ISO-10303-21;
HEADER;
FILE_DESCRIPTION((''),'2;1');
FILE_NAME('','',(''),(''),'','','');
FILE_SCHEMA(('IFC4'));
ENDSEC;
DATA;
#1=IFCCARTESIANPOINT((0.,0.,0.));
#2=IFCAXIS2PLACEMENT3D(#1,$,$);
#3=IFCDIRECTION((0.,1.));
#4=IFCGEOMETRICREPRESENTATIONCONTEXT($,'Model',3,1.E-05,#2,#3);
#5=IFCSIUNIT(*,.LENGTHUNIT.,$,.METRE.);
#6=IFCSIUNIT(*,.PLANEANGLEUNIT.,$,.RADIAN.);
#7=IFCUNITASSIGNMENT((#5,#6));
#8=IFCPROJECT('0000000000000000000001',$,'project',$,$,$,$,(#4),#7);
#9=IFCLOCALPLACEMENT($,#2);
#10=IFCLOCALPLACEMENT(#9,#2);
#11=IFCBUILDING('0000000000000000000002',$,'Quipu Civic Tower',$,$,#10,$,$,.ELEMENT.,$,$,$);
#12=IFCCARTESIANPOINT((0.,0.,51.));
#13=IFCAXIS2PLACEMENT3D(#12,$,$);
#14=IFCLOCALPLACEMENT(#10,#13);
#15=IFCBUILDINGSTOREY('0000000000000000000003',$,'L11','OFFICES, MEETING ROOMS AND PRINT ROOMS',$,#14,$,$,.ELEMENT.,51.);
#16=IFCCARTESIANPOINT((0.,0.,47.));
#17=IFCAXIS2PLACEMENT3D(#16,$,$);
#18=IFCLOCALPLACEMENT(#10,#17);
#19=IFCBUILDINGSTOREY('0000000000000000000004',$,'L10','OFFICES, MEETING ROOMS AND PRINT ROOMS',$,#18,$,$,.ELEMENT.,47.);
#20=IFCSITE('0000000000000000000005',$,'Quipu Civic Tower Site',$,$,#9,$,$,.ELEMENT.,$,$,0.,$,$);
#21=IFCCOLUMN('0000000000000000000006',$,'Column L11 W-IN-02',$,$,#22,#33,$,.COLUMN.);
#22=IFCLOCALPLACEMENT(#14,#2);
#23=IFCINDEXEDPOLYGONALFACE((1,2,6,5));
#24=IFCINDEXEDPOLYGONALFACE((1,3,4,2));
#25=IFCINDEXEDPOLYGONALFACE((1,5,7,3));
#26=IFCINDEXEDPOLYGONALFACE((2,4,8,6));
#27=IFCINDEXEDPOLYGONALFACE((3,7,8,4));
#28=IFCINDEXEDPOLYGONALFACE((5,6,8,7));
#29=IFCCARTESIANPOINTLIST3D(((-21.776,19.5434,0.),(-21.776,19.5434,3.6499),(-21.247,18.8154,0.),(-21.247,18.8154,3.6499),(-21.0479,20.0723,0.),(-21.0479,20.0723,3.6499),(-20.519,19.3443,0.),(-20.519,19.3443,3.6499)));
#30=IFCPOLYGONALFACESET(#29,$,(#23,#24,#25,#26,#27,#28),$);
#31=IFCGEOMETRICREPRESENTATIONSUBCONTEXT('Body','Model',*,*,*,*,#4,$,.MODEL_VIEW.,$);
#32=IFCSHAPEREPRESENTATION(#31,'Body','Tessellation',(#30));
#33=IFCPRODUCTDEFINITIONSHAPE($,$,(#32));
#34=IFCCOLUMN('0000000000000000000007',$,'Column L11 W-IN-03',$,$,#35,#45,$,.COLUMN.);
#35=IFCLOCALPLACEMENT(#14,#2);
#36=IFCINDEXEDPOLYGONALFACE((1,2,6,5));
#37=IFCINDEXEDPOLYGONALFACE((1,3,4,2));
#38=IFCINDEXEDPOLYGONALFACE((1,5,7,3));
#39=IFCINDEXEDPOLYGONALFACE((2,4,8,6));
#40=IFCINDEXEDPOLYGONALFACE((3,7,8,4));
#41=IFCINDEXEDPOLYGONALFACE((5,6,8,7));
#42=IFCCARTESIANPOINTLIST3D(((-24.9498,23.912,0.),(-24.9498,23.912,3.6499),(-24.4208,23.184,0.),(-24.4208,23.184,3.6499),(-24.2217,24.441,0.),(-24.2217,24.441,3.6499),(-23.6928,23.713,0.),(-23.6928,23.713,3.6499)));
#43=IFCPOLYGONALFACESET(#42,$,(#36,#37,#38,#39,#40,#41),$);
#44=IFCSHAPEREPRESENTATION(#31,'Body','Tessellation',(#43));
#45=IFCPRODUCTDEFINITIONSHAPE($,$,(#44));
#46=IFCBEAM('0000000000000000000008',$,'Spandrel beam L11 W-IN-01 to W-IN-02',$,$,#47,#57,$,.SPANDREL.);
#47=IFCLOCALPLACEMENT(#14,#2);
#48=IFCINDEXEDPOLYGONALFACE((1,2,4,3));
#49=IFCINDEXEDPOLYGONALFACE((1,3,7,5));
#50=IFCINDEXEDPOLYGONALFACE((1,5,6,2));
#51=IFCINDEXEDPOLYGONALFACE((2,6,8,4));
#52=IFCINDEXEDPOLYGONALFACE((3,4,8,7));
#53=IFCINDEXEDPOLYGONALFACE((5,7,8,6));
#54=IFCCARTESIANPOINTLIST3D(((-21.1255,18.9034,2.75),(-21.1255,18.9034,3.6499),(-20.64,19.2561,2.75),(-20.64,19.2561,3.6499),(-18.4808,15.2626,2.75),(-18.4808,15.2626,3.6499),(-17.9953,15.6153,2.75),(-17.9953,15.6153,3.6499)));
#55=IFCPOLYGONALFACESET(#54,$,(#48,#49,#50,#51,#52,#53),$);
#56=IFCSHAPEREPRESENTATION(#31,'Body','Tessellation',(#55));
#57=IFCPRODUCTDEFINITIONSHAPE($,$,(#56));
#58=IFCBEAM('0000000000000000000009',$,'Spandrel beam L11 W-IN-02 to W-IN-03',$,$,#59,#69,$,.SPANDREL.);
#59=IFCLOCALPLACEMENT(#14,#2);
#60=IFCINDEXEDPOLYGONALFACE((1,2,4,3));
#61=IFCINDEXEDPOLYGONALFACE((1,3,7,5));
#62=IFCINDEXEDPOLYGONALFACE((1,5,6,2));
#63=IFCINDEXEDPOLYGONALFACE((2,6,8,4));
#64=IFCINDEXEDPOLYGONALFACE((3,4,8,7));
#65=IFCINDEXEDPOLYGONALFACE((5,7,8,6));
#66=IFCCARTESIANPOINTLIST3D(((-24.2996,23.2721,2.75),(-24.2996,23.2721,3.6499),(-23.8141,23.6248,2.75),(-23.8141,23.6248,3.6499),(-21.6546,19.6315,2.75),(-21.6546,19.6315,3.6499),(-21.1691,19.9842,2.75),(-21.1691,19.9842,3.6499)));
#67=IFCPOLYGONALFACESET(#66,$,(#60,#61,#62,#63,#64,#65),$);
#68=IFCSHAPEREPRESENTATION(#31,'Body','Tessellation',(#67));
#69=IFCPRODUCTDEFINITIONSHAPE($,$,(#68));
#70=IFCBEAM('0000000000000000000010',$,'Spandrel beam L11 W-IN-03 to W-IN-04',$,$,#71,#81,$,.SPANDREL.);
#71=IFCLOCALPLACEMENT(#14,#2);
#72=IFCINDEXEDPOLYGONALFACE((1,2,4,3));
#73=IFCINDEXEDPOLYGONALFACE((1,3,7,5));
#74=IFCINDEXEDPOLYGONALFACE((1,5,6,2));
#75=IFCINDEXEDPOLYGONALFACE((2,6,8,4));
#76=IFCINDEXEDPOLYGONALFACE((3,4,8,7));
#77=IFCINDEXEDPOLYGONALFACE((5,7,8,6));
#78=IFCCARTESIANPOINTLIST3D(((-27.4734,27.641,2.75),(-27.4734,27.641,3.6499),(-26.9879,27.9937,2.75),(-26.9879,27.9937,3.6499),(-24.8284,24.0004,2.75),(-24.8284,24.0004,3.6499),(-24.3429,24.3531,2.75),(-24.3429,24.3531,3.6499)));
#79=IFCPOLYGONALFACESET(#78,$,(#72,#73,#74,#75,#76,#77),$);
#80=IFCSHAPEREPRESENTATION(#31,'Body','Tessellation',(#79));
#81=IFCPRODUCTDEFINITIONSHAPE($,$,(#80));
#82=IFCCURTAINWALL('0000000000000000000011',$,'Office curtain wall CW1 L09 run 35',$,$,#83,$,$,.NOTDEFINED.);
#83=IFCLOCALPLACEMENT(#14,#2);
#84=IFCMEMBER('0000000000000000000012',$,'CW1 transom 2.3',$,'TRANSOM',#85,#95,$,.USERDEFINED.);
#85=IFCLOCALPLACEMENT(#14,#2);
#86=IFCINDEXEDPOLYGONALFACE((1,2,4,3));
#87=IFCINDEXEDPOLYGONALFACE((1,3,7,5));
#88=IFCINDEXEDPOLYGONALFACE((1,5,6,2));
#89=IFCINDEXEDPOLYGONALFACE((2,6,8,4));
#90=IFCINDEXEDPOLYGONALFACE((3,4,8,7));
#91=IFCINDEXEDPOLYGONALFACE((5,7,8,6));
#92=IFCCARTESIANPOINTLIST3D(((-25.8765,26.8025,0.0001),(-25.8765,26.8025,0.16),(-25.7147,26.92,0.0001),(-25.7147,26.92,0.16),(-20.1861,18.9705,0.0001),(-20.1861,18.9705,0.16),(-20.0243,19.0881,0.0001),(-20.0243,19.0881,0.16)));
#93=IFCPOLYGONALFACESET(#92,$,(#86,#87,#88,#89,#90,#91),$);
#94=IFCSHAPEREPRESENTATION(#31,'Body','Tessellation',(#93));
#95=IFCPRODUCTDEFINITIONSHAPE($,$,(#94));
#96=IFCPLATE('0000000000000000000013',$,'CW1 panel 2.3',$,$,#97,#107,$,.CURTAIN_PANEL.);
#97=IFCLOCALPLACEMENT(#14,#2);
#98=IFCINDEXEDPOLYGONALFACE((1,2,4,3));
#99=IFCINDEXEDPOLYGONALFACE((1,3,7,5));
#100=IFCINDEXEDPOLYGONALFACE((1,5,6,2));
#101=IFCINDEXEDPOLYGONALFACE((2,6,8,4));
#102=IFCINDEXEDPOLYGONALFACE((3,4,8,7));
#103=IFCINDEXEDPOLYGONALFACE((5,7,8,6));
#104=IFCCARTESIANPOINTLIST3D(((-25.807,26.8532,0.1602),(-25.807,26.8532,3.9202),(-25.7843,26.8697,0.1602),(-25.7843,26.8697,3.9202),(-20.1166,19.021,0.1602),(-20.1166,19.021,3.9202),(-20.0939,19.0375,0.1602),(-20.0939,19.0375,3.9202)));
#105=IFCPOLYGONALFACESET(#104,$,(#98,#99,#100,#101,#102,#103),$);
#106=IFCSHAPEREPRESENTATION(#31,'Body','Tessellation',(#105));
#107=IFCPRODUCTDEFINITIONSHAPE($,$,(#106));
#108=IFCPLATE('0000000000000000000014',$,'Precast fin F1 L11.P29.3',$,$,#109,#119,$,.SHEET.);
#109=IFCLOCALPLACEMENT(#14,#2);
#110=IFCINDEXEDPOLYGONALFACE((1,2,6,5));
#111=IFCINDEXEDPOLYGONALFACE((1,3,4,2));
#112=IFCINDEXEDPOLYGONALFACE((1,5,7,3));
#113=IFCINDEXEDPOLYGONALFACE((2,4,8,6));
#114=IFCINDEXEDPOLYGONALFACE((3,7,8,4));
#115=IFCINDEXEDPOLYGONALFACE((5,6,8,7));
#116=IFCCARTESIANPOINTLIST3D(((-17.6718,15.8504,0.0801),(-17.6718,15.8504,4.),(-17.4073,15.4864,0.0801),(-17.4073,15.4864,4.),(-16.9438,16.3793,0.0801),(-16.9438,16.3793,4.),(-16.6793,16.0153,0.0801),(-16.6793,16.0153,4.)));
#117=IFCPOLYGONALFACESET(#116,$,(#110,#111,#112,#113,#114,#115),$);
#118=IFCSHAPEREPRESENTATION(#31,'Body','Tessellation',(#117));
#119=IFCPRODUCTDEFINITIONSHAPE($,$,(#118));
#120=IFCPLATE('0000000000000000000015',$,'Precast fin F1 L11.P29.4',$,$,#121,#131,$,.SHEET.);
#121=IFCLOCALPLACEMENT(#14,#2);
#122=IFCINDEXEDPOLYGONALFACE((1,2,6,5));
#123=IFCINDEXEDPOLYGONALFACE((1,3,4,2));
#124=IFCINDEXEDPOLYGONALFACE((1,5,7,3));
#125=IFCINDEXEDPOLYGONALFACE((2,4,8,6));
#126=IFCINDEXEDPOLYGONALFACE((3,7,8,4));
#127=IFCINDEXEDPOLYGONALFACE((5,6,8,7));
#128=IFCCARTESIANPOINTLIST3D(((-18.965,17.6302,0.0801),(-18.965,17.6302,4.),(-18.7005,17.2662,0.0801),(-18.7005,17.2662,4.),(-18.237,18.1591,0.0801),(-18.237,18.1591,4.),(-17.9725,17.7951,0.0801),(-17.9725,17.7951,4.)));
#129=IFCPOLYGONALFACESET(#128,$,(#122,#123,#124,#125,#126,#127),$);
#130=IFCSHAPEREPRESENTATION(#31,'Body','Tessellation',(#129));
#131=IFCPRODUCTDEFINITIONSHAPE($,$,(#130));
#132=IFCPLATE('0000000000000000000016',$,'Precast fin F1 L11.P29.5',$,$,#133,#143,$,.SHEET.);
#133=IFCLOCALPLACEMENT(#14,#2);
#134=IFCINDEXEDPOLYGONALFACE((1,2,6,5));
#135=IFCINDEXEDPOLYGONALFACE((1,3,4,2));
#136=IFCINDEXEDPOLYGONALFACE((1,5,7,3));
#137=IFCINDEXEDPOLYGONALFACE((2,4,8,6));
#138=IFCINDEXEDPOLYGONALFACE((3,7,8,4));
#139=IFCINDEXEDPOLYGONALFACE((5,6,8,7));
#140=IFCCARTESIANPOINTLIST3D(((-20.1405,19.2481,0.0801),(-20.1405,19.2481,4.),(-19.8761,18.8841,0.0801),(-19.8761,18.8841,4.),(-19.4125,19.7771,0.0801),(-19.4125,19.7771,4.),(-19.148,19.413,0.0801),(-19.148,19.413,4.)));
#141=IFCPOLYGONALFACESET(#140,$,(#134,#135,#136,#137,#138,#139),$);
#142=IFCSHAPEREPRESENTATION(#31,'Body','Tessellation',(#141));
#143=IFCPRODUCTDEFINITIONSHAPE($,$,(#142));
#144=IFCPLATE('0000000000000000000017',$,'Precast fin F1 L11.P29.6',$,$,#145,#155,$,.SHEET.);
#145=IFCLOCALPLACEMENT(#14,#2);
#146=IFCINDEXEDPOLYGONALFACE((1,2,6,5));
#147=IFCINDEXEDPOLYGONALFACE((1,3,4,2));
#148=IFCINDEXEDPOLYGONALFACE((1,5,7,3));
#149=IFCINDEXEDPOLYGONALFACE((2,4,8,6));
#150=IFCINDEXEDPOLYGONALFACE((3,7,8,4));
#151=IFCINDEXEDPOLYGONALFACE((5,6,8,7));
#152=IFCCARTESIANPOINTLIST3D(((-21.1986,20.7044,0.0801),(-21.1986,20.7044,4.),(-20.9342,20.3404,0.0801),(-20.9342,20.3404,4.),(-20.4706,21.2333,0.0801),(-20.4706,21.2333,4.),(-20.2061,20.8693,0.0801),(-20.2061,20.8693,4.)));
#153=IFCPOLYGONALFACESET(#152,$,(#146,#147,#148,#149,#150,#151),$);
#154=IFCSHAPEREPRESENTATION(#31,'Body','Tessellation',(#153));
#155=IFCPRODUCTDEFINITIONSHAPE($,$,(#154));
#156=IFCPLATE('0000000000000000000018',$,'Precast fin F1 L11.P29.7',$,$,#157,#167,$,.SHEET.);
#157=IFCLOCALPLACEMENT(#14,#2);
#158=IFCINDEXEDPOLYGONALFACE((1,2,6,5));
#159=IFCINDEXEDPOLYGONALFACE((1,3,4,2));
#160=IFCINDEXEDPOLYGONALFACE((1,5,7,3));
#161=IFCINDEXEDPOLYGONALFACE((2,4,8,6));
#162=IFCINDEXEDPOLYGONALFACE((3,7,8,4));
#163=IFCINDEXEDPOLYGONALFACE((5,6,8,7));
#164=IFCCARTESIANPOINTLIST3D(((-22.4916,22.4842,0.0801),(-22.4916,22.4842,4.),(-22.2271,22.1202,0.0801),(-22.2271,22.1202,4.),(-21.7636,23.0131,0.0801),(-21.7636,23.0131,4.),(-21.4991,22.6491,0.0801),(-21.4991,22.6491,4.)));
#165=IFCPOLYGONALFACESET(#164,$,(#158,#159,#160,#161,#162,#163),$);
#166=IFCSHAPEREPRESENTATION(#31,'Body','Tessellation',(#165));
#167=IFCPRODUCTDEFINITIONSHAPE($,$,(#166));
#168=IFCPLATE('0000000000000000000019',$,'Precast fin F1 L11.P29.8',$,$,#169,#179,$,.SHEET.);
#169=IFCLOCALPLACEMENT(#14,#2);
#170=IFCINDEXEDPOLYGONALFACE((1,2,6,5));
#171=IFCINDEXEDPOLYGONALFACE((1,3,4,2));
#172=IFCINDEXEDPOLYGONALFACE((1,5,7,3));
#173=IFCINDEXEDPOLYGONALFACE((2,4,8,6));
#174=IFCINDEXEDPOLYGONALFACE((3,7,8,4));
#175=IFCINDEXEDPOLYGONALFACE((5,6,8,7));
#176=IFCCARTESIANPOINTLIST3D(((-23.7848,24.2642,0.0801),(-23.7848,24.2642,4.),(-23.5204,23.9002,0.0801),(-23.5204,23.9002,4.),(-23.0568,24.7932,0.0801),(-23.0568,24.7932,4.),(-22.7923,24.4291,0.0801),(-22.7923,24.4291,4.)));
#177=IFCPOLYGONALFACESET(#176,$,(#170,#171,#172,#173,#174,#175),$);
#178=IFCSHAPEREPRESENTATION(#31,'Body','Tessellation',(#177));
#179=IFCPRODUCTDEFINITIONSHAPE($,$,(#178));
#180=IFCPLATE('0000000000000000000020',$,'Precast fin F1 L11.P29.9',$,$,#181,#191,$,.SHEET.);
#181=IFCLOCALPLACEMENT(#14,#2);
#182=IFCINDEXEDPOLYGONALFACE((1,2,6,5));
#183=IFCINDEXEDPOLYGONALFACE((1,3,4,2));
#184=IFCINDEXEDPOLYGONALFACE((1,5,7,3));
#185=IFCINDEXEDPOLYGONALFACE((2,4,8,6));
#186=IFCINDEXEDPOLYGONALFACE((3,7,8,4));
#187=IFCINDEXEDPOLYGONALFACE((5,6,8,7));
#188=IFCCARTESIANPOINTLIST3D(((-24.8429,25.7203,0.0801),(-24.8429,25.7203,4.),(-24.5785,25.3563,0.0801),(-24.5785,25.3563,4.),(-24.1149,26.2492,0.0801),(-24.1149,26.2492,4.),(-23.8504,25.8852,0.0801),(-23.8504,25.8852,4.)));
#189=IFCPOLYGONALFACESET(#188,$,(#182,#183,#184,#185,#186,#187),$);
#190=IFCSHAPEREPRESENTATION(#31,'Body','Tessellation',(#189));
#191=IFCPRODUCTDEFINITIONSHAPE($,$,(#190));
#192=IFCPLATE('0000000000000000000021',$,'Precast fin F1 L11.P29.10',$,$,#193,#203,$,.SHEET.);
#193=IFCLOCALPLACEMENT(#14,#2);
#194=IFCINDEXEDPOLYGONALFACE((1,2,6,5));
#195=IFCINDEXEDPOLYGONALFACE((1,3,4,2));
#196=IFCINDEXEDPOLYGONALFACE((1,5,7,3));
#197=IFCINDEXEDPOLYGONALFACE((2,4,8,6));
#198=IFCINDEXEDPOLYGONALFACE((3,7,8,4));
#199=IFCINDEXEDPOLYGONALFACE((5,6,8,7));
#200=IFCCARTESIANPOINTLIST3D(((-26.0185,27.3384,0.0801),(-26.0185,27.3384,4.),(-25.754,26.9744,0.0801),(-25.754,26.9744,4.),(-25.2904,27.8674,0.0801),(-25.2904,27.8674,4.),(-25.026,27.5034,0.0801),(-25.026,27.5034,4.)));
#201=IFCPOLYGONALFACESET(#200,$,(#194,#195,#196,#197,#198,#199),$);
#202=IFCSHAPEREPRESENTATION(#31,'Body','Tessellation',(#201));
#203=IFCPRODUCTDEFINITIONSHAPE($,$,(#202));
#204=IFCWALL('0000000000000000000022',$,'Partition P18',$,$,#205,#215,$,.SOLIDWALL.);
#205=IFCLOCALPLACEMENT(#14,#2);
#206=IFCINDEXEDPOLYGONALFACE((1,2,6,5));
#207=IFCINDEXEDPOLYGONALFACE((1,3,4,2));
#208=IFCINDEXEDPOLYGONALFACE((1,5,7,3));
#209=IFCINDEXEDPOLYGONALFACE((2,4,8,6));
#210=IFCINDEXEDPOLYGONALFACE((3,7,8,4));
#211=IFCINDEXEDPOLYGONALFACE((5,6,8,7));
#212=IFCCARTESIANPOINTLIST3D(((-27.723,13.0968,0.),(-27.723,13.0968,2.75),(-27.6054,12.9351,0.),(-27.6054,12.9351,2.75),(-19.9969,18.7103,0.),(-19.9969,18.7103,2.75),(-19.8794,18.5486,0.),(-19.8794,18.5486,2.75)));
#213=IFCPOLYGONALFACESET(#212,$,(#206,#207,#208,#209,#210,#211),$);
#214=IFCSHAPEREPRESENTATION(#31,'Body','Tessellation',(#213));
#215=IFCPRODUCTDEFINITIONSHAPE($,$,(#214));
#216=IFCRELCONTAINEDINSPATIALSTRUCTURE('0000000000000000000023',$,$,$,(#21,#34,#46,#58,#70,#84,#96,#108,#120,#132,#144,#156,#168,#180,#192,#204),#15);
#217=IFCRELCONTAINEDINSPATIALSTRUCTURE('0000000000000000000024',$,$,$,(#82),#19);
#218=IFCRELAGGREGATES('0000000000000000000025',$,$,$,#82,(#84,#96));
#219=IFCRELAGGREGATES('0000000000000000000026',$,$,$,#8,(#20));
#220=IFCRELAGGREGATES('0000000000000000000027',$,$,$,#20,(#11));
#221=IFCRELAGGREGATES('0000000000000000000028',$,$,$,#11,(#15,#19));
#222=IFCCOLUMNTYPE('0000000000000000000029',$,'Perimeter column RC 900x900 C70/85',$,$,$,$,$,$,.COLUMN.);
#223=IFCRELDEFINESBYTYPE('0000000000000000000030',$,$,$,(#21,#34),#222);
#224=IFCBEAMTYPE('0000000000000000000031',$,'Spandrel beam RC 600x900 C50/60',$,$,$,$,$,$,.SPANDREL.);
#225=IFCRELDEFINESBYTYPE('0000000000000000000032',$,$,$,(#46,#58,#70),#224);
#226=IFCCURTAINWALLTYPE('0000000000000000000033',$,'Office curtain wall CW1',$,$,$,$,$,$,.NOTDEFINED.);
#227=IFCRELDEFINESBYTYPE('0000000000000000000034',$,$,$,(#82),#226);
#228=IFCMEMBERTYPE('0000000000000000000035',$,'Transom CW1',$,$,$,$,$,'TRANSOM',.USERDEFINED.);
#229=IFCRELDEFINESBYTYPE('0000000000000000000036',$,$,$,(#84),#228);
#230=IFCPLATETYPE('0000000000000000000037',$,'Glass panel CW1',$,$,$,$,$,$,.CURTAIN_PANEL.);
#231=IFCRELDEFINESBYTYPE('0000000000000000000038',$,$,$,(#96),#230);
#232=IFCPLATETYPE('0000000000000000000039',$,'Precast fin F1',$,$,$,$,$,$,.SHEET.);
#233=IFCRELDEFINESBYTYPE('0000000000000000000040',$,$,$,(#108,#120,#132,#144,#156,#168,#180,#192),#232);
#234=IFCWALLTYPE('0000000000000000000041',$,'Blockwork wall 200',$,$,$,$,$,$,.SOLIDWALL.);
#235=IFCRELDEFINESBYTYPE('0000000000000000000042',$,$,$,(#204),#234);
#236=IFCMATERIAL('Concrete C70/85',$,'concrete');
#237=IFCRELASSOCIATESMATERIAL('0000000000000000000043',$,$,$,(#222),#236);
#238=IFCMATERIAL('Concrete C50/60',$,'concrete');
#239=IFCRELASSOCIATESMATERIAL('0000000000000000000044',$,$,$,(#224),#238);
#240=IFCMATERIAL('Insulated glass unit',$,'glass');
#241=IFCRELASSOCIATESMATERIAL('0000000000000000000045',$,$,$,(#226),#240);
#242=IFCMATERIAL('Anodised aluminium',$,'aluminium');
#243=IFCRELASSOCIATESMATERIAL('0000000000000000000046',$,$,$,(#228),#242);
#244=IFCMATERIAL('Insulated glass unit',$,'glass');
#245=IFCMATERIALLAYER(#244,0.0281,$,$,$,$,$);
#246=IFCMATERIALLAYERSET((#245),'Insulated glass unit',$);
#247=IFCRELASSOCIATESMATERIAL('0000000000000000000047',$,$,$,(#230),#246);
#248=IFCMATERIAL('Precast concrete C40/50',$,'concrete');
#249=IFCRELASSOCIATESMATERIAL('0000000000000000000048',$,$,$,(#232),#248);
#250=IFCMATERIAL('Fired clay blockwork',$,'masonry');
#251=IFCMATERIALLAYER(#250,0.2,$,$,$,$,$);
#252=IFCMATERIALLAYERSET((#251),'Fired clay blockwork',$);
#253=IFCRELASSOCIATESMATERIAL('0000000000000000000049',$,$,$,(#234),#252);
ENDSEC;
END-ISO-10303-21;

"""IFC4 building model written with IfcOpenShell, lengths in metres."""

from ifc_helpers import new_model, si_unit, direction, frame, frame_2d, origin, origin_2d, place, context, subcontext, project, spatial, rectangle, extrude, material, layer, layer_set, material_profile, profile_set, type_object, element, aggregate, save


model = new_model("IFC4")

# Units and contexts
model_context = context("Model", 3, precision=1e-05, world=origin(), true_north=direction((0.0, 1.0)))
body_context = subcontext(model_context, "Body", "Model", "MODEL_VIEW")
ifc_project = project(units=[si_unit("LENGTHUNIT", "METRE"), si_unit("PLANEANGLEUNIT", "RADIAN")], contexts=[model_context])

# Site, building, storey
site_placement = place(None, origin())
site = spatial("IfcSite", under=ifc_project, at=site_placement, Name="Quipu Civic Tower Site", CompositionType="ELEMENT", RefElevation=0.0)
building_placement = place(site_placement, origin())
building = spatial("IfcBuilding", under=site, at=building_placement, Name="Quipu Civic Tower", CompositionType="ELEMENT")
storey_1_placement = place(building_placement, frame((0.0, 0.0, 51.0)))
storey_1 = spatial("IfcBuildingStorey", under=building, at=storey_1_placement, Name="L11", Description="OFFICES, MEETING ROOMS AND PRINT ROOMS", CompositionType="ELEMENT", Elevation=51.0)

# Columns
ifc_material_1 = material(Name="Concrete C70/85", Category="concrete")
ifc_material_profile_1 = material_profile(ifc_material_1, rectangle(XDim=0.8999, YDim=0.8999, at=origin_2d()), Name="RC900x900")
ifc_profile_set_1 = profile_set([ifc_material_profile_1], Name="Concrete C70/85")
column_type = type_object("IfcColumnType", Name="Perimeter column RC 900x900 C70/85", PredefinedType="COLUMN", material=ifc_profile_set_1)
for number, where, z_axis, x_axis, name in (
    (1, (-21.1475, 19.4438, 0.0), (0.0, 0.0, 1.0), (-0.587785, 0.809017, 0.0), "Column L11 W-IN-02"),
    (2, (-24.3213, 23.8125, 0.0), (0.0, 0.0, 1.0), (-0.587785, 0.809017, 0.0), "Column L11 W-IN-03"),
):
    element("IfcColumn", number, at=place(storey_1_placement, frame(where, z_axis=z_axis, x_axis=x_axis)), inside=storey_1, type_object=column_type, Name=name, PredefinedType="COLUMN", context=body_context, shape_type="SweptSolid", body=[
        extrude(rectangle(XDim=0.8999, YDim=0.8999, at=origin_2d()), origin(), (0.0, 0.0, 1.0), 3.6499),
    ])

# Beams
ifc_material_2 = material(Name="Concrete C50/60", Category="concrete")
ifc_material_profile_2 = material_profile(ifc_material_2, rectangle(XDim=0.6001, YDim=0.8999, at=origin_2d()), Name="RC600x900")
ifc_profile_set_2 = profile_set([ifc_material_profile_2], Name="Concrete C50/60")
beam_type = type_object("IfcBeamType", Name="Spandrel beam RC 600x900 C50/60", PredefinedType="SPANDREL", material=ifc_profile_set_2)
for number, where, z_axis, x_axis, name in (
    (3, (-18.238, 15.439, 3.2), (-0.587717, 0.809067, 0.0), (-0.809067, -0.587717, 0.0), "Spandrel beam L11 W-IN-01 to W-IN-02"),
    (4, (-21.4119, 19.8079, 3.2), (-0.587778, 0.809022, 0.0), (-0.809022, -0.587778, 0.0), "Spandrel beam L11 W-IN-02 to W-IN-03"),
    (5, (-24.5857, 24.1768, 3.2), (-0.587778, 0.809022, 0.0), (-0.809022, -0.587778, 0.0), "Spandrel beam L11 W-IN-03 to W-IN-04"),
):
    element("IfcBeam", number, at=place(storey_1_placement, frame(where, z_axis=z_axis, x_axis=x_axis)), inside=storey_1, type_object=beam_type, Name=name, PredefinedType="SPANDREL", context=body_context, shape_type="SweptSolid", body=[
        extrude(rectangle(XDim=0.6001, YDim=0.8999, at=origin_2d()), origin(), (0.0, 0.0, 1.0), 4.5),
    ])

# Shared definitions
storey_2_placement = place(building_placement, frame((0.0, 0.0, 47.0)))
storey_2 = spatial("IfcBuildingStorey", under=building, at=storey_2_placement, Name="L10", Description="OFFICES, MEETING ROOMS AND PRINT ROOMS", CompositionType="ELEMENT", Elevation=47.0)

# Curtain wall, member, plate
ifc_material_3 = material(Name="Insulated glass unit", Category="glass")
curtain_wall_type = type_object("IfcCurtainWallType", Name="Office curtain wall CW1", PredefinedType="NOTDEFINED", material=ifc_material_3)
curtain_wall_placement = place(storey_2_placement, origin())
curtain_wall = element("IfcCurtainWall", 6, at=curtain_wall_placement, inside=storey_2, type_object=curtain_wall_type, Name="Office curtain wall CW1 L09 run 35", PredefinedType="NOTDEFINED")
ifc_material_4 = material(Name="Anodised aluminium", Category="aluminium")
ifc_material_profile_3 = material_profile(ifc_material_4, rectangle(XDim=0.2, YDim=0.1599, at=origin_2d()), Name="RECT 200x160")
ifc_profile_set_3 = profile_set([ifc_material_profile_3], Name="Anodised aluminium")
member_type = type_object("IfcMemberType", Name="Transom CW1", ElementType="TRANSOM", PredefinedType="USERDEFINED", material=ifc_profile_set_3)
member_placement = place(storey_1_placement, frame((-20.1052, 19.0293, 0.0801), z_axis=(-0.587794, 0.809011, 0.0), x_axis=(-0.809011, -0.587794, 0.0)))
member = element("IfcMember", 7, at=member_placement, inside=storey_1, type_object=member_type, Name="CW1 transom 2.3", ObjectType="TRANSOM", PredefinedType="USERDEFINED", context=body_context, shape_type="SweptSolid", body=[
    extrude(rectangle(XDim=0.2, YDim=0.1599, at=origin_2d()), origin(), (0.0, 0.0, 1.0), 9.6809),
])
ifc_material_5 = material(Name="Insulated glass unit", Category="glass")
ifc_layer_1 = layer(ifc_material_5, 0.0281)
ifc_layer_set_1 = layer_set([ifc_layer_1], Name="Insulated glass unit")
plate_type_1 = type_object("IfcPlateType", Name="Glass panel CW1", PredefinedType="CURTAIN_PANEL", material=ifc_layer_set_1)
plate_placement = place(storey_1_placement, frame((-22.9504, 22.9453, 0.1602), z_axis=(0.0, 0.0, 1.0), x_axis=(-0.587786, 0.809017, 0.0)))
plate = element("IfcPlate", 8, at=plate_placement, inside=storey_1, type_object=plate_type_1, Name="CW1 panel 2.3", PredefinedType="CURTAIN_PANEL", context=body_context, shape_type="SweptSolid", body=[
    extrude(rectangle(XDim=9.6812, YDim=0.0281, at=origin_2d()), origin(), (0.0, 0.0, 1.0), 3.76),
])
aggregate(curtain_wall, [member, plate])

# Plates
ifc_material_6 = material(Name="Precast concrete C40/50", Category="concrete")
plate_type_2 = type_object("IfcPlateType", Name="Precast fin F1", PredefinedType="SHEET", material=ifc_material_6)
for number, where, z_axis, x_axis, name in (
    (9, (-17.1755, 15.9329, 0.0801), (0.0, 0.0, 1.0), (-0.587785, 0.809017, 0.0), "Precast fin F1 L11.P29.3"),
    (10, (-18.4688, 17.7126, 0.0801), (0.0, 0.0, 1.0), (-0.587785, 0.809017, 0.0), "Precast fin F1 L11.P29.4"),
    (11, (-19.6443, 19.3306, 0.0801), (0.0, 0.0, 1.0), (-0.587785, 0.809017, 0.0), "Precast fin F1 L11.P29.5"),
    (12, (-20.7024, 20.7869, 0.0801), (0.0, 0.0, 1.0), (-0.587785, 0.809017, 0.0), "Precast fin F1 L11.P29.6"),
    (13, (-21.9954, 22.5667, 0.0801), (0.0, 0.0, 1.0), (-0.587785, 0.809017, 0.0), "Precast fin F1 L11.P29.7"),
    (14, (-23.2886, 24.3467, 0.0801), (0.0, 0.0, 1.0), (-0.587785, 0.809017, 0.0), "Precast fin F1 L11.P29.8"),
    (15, (-24.3467, 25.8027, 0.0801), (0.0, 0.0, 1.0), (-0.587785, 0.809017, 0.0), "Precast fin F1 L11.P29.9"),
    (16, (-25.5222, 27.4209, 0.0801), (0.0, 0.0, 1.0), (-0.587785, 0.809017, 0.0), "Precast fin F1 L11.P29.10"),
):
    element("IfcPlate", number, at=place(storey_1_placement, frame(where, z_axis=z_axis, x_axis=x_axis)), inside=storey_1, type_object=plate_type_2, Name=name, PredefinedType="SHEET", context=body_context, shape_type="SweptSolid", body=[
        extrude(rectangle(XDim=0.45, YDim=0.8999, at=origin_2d()), origin(), (0.0, 0.0, 1.0), 3.9199),
    ])

# Wall
ifc_material_7 = material(Name="Fired clay blockwork", Category="masonry")
ifc_layer_2 = layer(ifc_material_7, 0.2)
ifc_layer_set_2 = layer_set([ifc_layer_2], Name="Fired clay blockwork")
wall_type = type_object("IfcWallType", Name="Blockwork wall 200", PredefinedType="SOLIDWALL", material=ifc_layer_set_2)
wall_placement = place(storey_1_placement, frame((-19.9382, 18.6294, 0.0), z_axis=(0.0, 0.0, 1.0), x_axis=(-0.809007, -0.587799, 0.0)))
element("IfcWall", 17, at=wall_placement, inside=storey_1, type_object=wall_type, Name="Partition P18", PredefinedType="SOLIDWALL", context=body_context, shape_type="SweptSolid", body=[
    extrude(rectangle(XDim=9.55, YDim=0.2, at=frame_2d((4.7749, 0.0))), origin(), (0.0, 0.0, 1.0), 2.75),
])

save(model, "model.ifc")
